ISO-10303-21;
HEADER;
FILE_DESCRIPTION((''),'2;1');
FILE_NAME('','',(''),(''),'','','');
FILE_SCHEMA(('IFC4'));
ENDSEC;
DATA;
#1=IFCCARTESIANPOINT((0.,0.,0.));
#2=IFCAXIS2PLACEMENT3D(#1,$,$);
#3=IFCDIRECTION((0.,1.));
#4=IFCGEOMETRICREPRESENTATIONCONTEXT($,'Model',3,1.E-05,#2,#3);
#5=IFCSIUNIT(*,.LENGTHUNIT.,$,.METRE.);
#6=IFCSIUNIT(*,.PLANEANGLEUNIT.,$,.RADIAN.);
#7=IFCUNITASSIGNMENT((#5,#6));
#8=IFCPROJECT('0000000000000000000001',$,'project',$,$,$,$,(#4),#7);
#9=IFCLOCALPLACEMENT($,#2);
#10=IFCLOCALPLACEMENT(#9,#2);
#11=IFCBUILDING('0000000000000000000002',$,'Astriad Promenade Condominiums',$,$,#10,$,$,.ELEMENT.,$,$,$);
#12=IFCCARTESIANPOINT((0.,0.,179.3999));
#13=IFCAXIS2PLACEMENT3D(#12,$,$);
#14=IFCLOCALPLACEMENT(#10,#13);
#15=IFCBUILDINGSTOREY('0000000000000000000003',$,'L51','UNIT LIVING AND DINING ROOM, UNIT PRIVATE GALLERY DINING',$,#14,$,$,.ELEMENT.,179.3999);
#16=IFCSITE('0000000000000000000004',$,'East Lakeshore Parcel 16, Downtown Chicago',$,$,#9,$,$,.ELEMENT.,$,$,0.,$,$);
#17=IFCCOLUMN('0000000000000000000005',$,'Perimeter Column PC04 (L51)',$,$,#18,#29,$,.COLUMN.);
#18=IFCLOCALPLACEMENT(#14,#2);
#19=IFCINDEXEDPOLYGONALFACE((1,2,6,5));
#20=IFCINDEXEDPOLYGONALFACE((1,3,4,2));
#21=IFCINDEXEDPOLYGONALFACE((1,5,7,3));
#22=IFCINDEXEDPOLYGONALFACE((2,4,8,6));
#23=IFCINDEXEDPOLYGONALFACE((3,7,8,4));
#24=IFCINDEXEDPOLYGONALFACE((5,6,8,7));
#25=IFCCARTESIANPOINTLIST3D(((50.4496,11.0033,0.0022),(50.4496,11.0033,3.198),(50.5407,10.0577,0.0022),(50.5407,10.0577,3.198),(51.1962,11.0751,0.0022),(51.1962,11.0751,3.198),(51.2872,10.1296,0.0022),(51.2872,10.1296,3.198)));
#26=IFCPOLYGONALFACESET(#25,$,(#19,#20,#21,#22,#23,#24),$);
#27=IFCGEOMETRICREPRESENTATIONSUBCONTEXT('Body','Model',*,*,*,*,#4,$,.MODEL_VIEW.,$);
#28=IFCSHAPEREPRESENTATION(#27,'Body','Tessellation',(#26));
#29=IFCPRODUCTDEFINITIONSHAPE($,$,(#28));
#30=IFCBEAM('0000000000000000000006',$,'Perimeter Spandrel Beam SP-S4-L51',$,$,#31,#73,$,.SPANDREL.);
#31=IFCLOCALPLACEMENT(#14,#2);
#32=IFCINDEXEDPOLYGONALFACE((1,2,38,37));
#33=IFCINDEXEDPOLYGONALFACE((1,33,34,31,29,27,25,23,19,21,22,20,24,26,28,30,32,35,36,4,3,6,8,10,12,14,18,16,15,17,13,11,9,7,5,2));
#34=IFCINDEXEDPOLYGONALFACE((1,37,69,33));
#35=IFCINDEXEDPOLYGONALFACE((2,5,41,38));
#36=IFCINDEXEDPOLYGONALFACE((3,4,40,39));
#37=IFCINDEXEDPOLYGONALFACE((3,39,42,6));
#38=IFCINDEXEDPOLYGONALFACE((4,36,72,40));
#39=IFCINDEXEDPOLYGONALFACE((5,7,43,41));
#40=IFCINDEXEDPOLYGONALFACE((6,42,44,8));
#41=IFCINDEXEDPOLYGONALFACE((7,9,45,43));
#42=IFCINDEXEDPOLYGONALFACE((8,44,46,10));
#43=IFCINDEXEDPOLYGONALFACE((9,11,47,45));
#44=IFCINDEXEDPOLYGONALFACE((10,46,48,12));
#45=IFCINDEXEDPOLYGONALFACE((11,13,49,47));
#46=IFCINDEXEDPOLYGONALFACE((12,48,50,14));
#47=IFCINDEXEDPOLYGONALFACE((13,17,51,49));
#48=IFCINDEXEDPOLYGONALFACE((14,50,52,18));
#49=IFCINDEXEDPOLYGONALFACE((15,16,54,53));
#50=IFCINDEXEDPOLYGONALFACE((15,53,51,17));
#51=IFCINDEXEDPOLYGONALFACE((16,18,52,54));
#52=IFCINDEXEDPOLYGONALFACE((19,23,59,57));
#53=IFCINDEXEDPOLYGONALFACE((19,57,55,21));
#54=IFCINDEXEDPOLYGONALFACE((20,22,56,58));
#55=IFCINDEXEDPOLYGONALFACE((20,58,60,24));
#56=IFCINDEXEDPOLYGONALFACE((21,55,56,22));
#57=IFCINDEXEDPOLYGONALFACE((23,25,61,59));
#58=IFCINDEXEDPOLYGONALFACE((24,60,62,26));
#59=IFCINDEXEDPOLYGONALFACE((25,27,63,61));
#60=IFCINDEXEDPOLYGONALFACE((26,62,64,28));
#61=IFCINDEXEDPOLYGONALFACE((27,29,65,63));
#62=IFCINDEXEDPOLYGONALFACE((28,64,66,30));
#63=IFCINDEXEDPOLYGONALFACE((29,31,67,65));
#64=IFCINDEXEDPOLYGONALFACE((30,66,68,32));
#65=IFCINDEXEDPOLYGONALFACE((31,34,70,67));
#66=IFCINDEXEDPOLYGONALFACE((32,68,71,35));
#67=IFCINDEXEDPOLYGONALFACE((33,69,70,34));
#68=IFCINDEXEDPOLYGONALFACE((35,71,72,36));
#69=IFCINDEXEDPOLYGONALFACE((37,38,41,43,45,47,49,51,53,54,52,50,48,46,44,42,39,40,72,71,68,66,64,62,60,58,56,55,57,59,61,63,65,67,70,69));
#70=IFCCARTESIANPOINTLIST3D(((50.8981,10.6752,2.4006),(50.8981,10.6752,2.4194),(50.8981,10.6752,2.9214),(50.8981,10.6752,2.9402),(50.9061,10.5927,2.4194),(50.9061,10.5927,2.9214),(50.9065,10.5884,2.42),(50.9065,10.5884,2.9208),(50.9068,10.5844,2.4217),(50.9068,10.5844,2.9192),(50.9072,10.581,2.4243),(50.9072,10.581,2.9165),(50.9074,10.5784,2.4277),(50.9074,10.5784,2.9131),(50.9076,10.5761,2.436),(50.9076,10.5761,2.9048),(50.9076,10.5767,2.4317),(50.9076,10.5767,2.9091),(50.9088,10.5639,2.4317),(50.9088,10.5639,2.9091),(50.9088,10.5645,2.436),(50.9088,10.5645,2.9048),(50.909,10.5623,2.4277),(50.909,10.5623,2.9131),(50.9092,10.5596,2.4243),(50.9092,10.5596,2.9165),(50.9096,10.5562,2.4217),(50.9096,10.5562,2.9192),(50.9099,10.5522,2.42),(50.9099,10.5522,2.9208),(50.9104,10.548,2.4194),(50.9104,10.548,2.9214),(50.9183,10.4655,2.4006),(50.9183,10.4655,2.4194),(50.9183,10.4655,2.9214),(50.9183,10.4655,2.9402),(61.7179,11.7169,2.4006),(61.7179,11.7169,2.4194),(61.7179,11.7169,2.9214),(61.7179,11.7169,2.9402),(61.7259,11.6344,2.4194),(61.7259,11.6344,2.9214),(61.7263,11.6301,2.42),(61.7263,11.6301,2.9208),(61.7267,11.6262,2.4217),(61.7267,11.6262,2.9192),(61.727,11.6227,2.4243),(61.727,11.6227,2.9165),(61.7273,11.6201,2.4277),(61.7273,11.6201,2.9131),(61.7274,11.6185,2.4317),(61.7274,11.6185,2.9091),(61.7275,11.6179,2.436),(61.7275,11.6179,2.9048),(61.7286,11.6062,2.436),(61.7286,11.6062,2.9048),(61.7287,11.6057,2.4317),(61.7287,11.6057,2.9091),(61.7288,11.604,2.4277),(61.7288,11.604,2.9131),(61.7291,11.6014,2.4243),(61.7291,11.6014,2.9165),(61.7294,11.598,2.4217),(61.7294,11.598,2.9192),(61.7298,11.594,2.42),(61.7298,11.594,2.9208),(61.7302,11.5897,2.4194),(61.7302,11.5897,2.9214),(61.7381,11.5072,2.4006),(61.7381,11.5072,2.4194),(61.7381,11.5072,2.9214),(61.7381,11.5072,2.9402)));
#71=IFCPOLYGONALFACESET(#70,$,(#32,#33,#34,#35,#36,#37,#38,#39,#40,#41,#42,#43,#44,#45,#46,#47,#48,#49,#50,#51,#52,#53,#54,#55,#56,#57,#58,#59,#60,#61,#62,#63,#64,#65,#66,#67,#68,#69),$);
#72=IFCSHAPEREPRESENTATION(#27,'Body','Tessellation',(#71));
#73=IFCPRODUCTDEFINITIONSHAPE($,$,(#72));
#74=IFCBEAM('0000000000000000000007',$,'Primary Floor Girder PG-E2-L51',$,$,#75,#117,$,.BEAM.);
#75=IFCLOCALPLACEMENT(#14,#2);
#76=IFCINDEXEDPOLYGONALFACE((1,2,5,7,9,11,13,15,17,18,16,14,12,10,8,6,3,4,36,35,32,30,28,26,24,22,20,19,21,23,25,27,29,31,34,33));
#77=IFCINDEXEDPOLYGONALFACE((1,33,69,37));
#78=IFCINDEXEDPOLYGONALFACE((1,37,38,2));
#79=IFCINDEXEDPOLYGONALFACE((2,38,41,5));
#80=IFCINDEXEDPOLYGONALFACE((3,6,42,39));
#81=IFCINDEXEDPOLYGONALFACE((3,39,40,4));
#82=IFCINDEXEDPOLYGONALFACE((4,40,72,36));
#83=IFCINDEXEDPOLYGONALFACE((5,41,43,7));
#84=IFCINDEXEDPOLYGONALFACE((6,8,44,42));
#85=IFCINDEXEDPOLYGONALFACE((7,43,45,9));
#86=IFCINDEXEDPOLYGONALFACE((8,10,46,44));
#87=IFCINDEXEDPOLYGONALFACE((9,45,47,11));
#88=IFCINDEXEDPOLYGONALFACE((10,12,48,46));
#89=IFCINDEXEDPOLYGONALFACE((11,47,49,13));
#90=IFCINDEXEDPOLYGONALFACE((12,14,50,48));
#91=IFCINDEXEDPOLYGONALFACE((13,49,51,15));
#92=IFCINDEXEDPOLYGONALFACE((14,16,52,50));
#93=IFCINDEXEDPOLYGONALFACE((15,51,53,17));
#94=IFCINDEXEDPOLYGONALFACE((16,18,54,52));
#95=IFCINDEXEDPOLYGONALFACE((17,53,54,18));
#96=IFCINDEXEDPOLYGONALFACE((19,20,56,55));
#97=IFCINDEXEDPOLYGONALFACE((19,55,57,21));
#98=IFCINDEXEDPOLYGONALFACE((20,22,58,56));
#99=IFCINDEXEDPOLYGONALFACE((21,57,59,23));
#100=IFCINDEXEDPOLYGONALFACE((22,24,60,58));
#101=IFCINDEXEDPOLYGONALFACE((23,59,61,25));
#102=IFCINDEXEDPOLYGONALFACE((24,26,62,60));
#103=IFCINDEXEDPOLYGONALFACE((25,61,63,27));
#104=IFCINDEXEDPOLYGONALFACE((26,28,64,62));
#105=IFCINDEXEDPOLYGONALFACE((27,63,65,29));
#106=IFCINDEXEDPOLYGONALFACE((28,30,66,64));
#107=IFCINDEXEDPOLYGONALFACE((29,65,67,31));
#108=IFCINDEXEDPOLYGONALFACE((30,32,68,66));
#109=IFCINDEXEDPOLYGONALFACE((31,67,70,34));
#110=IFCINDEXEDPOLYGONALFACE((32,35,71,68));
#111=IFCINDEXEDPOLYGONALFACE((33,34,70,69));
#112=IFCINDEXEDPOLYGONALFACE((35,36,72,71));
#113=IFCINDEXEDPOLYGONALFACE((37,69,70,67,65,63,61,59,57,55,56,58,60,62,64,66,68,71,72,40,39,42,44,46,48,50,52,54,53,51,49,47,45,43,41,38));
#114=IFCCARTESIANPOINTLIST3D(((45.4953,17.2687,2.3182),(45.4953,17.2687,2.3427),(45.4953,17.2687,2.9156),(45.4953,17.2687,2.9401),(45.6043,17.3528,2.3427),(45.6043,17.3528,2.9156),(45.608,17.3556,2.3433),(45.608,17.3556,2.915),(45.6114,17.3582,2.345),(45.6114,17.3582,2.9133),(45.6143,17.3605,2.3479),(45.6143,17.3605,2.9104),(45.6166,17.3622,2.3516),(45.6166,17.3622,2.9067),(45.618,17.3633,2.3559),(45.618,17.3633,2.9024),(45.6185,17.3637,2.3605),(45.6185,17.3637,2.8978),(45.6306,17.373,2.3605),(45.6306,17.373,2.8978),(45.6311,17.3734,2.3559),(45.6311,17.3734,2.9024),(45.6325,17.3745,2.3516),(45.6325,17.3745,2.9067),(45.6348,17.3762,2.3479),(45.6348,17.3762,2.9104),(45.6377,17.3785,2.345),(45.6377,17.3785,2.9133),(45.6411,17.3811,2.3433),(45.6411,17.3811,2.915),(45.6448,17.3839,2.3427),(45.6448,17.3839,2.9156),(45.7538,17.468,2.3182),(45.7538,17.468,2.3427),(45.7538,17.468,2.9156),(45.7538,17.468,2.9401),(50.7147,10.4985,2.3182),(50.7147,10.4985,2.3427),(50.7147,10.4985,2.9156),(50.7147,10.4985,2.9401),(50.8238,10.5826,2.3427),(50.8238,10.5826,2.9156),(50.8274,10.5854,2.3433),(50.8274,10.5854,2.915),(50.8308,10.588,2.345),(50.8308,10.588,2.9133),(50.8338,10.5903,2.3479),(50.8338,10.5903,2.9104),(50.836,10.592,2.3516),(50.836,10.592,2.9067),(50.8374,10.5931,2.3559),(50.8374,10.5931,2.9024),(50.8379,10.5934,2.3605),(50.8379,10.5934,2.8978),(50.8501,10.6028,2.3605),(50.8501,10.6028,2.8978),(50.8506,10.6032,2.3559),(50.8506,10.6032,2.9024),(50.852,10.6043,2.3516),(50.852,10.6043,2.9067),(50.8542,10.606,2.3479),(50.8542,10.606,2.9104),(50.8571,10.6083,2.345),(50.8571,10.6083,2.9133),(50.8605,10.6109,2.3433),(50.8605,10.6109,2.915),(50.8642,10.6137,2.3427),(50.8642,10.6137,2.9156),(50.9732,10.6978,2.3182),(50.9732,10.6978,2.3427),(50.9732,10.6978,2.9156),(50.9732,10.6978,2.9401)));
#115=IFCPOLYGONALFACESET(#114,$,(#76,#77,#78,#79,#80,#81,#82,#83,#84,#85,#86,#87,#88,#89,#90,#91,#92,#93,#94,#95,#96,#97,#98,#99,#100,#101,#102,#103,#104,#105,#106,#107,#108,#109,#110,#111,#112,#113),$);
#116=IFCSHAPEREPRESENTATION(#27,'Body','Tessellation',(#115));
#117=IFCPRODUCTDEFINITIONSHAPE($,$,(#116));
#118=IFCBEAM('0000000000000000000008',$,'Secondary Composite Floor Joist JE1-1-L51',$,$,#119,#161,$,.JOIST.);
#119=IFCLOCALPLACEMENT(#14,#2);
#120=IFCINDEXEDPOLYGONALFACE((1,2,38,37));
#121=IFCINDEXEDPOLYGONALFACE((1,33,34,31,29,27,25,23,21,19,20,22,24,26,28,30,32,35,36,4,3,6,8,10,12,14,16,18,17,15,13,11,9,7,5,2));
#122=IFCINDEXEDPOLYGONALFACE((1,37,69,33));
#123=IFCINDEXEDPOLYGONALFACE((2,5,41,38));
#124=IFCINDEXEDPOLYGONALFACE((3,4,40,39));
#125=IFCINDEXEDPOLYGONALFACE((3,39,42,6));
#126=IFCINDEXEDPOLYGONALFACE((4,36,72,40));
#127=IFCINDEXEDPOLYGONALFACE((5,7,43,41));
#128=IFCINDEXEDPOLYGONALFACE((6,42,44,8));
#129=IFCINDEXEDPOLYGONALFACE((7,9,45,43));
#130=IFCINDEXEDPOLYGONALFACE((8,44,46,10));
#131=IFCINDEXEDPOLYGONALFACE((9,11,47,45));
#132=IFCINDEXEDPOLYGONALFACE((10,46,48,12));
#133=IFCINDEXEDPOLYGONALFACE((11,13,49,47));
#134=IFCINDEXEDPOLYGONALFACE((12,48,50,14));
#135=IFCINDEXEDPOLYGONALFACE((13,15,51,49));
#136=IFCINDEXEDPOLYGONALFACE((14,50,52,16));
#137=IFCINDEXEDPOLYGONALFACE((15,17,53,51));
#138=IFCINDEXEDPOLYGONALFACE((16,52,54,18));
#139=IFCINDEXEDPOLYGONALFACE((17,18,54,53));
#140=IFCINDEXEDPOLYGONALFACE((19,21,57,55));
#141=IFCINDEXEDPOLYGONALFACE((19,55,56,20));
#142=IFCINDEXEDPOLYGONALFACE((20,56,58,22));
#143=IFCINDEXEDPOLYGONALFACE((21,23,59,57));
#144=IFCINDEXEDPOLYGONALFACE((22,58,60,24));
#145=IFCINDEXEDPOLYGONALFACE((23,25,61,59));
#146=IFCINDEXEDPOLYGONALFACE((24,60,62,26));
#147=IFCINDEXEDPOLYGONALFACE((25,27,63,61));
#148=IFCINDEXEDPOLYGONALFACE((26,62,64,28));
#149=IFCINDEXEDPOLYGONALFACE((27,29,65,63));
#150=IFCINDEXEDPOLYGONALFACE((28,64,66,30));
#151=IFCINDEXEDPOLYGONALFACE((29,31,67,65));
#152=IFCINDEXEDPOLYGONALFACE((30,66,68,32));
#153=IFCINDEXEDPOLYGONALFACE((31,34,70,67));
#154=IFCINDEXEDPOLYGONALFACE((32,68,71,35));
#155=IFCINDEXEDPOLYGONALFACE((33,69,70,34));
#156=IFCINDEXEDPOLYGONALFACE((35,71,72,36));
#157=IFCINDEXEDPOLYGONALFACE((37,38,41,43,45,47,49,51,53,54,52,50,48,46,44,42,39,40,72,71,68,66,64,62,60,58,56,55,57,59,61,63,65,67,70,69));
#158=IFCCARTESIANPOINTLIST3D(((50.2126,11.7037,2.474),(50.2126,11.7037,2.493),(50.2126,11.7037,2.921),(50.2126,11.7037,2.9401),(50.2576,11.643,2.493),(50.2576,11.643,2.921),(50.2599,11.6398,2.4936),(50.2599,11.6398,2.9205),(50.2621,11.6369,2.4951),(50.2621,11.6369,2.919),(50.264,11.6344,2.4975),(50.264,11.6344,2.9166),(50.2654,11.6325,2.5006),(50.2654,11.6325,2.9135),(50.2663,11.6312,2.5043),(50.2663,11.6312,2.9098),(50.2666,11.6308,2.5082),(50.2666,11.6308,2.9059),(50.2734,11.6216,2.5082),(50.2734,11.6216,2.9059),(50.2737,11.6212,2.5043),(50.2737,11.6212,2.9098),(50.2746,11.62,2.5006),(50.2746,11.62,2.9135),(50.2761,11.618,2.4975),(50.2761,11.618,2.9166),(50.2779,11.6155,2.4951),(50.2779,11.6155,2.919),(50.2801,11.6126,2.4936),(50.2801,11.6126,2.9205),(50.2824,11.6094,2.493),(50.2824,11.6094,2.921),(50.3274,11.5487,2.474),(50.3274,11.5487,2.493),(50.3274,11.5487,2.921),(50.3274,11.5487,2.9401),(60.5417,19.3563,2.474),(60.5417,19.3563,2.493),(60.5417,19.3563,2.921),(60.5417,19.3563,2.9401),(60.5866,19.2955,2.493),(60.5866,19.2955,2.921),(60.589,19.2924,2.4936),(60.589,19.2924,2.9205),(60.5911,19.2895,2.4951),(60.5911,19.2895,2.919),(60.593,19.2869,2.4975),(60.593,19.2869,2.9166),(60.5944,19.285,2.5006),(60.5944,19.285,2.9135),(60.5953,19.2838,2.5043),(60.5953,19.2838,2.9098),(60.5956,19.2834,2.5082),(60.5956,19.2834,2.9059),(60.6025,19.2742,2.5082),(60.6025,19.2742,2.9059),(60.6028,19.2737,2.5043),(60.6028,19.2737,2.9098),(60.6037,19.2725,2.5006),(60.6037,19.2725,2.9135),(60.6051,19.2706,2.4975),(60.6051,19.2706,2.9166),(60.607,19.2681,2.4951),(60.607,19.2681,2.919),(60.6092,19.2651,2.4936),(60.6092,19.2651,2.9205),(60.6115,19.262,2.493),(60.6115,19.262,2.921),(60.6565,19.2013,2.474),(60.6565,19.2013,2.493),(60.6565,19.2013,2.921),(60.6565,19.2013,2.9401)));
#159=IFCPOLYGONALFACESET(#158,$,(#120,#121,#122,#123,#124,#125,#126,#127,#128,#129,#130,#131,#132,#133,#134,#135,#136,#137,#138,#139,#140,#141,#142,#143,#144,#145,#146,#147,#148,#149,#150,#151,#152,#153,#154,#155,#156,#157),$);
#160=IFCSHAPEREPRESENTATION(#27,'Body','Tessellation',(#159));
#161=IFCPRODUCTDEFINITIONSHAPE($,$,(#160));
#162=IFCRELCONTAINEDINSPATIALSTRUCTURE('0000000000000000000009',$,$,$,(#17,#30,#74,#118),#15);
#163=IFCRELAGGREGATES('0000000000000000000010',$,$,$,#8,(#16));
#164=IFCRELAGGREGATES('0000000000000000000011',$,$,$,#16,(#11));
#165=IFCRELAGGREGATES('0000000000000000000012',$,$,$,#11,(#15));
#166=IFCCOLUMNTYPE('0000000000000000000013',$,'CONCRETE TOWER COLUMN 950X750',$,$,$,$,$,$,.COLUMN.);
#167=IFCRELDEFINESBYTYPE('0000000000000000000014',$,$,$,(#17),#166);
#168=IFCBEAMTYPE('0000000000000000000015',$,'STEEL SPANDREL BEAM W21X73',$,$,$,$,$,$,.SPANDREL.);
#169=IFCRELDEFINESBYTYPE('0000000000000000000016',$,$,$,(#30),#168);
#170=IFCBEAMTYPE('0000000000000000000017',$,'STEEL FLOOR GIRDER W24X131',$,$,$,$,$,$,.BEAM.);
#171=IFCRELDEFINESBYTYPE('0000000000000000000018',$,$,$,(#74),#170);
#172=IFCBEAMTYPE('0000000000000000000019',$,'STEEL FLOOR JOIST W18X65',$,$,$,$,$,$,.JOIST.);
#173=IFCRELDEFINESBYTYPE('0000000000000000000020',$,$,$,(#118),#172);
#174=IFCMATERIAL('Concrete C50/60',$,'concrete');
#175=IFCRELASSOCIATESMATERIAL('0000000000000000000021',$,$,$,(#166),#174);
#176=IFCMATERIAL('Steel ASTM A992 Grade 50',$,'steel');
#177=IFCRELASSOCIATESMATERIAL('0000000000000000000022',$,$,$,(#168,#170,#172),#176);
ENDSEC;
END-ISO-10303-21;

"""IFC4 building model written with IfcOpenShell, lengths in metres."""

from ifc_helpers import new_model, si_unit, direction, frame, origin, origin_2d, place, context, subcontext, project, spatial, rectangle, i_section, extrude, source, transform, mapped, material, material_profile, profile_set, type_object, type_shapes, element, save


model = new_model("IFC4")

# Units and contexts
model_context = context("Model", 3, precision=1e-05, world=origin(), true_north=direction((0.0, 1.0)))
body_context = subcontext(model_context, "Body", "Model", "MODEL_VIEW")
ifc_project = project(units=[si_unit("LENGTHUNIT", "METRE"), si_unit("PLANEANGLEUNIT", "RADIAN")], contexts=[model_context])

# Site, building, storey
site_placement = place(None, origin())
site = spatial("IfcSite", under=ifc_project, at=site_placement, Name="East Lakeshore Parcel 16, Downtown Chicago", CompositionType="ELEMENT", RefElevation=0.0)
building_placement = place(site_placement, origin())
building = spatial("IfcBuilding", under=site, at=building_placement, Name="Astriad Promenade Condominiums", CompositionType="ELEMENT")
storey_placement = place(building_placement, frame((0.0, 0.0, 179.3999)))
storey = spatial("IfcBuildingStorey", under=building, at=storey_placement, Name="L51", Description="UNIT LIVING AND DINING ROOM, UNIT PRIVATE GALLERY DINING", CompositionType="ELEMENT", Elevation=179.3999)

# Column
ifc_material_1 = material(Name="Concrete C50/60", Category="concrete")
ifc_material_profile_1 = material_profile(ifc_material_1, rectangle(XDim=0.75, YDim=0.95, at=origin_2d()), Name="RC-COL-950X750")
ifc_profile_set_1 = profile_set([ifc_material_profile_1], Name="Concrete C50/60")
column_type = type_object("IfcColumnType", Name="CONCRETE TOWER COLUMN 950X750", PredefinedType="COLUMN", material=ifc_profile_set_1)
shared_shape_1 = source(origin(), body_context, "Body", "SweptSolid", [
    extrude(rectangle(XDim=0.75, YDim=0.95, at=origin_2d()), origin(), (0.0, 0.0, 1.0), 3.1958),
])
type_shapes(column_type, [shared_shape_1])
column_placement = place(storey_placement, frame((50.8684, 10.5664, 0.0022), z_axis=(0.0, 0.0, 1.0), x_axis=(0.995396, 0.095846, 0.0)))
element("IfcColumn", 1, at=column_placement, inside=storey, type_object=column_type, Name="Perimeter Column PC04 (L51)", PredefinedType="COLUMN", context=body_context, shape_type="MappedRepresentation", body=[
    mapped(shared_shape_1, transform((0.0, 0.0, 0.0), scale=1.0)),
])

# Beams
ifc_material_2 = material(Name="Steel ASTM A992 Grade 50", Category="steel")
ifc_material_profile_2 = material_profile(ifc_material_2, i_section(OverallWidth=0.2107, OverallDepth=0.5396, WebThickness=0.0117, FlangeThickness=0.0188, FilletRadius=0.0166, at=origin_2d()), Name="W21X73")
ifc_profile_set_2 = profile_set([ifc_material_profile_2], Name="Steel ASTM A992 Grade 50")
beam_type_1 = type_object("IfcBeamType", Name="STEEL SPANDREL BEAM W21X73", PredefinedType="SPANDREL", material=ifc_profile_set_2)
shared_shape_2 = source(origin(), body_context, "Body", "SweptSolid", [
    extrude(i_section(OverallWidth=0.2107, OverallDepth=0.5396, WebThickness=0.0117, FlangeThickness=0.0188, FilletRadius=0.0166, at=origin_2d()), origin(), (0.0, 0.0, 1.0), 10.8699),
])
type_shapes(beam_type_1, [shared_shape_2])
beam_1_placement = place(storey_placement, frame((50.9082, 10.5703, 2.6704), z_axis=(0.995397, 0.095838, 0.0), x_axis=(-0.095838, 0.995397, 0.0)))
element("IfcBeam", 2, at=beam_1_placement, inside=storey, type_object=beam_type_1, Name="Perimeter Spandrel Beam SP-S4-L51", PredefinedType="SPANDREL", context=body_context, shape_type="MappedRepresentation", body=[
    mapped(shared_shape_2, transform((0.0, 0.0, 0.0), scale=1.0)),
])
ifc_material_profile_3 = material_profile(ifc_material_2, i_section(OverallWidth=0.3264, OverallDepth=0.6218, WebThickness=0.0154, FlangeThickness=0.0244, FilletRadius=0.0178, at=origin_2d()), Name="W24X131")
ifc_profile_set_3 = profile_set([ifc_material_profile_3], Name="Steel ASTM A992 Grade 50")
beam_type_2 = type_object("IfcBeamType", Name="STEEL FLOOR GIRDER W24X131", PredefinedType="BEAM", material=ifc_profile_set_3)
shared_shape_3 = source(origin(), body_context, "Body", "SweptSolid", [
    extrude(i_section(OverallWidth=0.3264, OverallDepth=0.6218, WebThickness=0.0154, FlangeThickness=0.0244, FilletRadius=0.0178, at=origin_2d()), origin(), (0.0, 0.0, 1.0), 8.5486),
])
type_shapes(beam_type_2, [shared_shape_3])
beam_2_placement = place(storey_placement, frame((50.844, 10.5981, 2.6292), z_axis=(-0.610562, 0.791968, 0.0), x_axis=(-0.791968, -0.610562, 0.0)))
element("IfcBeam", 3, at=beam_2_placement, inside=storey, type_object=beam_type_2, Name="Primary Floor Girder PG-E2-L51", PredefinedType="BEAM", context=body_context, shape_type="MappedRepresentation", body=[
    mapped(shared_shape_3, transform((0.0, 0.0, 0.0), scale=1.0)),
])
ifc_material_profile_4 = material_profile(ifc_material_2, i_section(OverallWidth=0.1929, OverallDepth=0.4661, WebThickness=0.0115, FlangeThickness=0.019, FilletRadius=0.0151, at=origin_2d()), Name="W18X65")
ifc_profile_set_4 = profile_set([ifc_material_profile_4], Name="Steel ASTM A992 Grade 50")
beam_type_3 = type_object("IfcBeamType", Name="STEEL FLOOR JOIST W18X65", PredefinedType="JOIST", material=ifc_profile_set_4)
shared_shape_4 = source(origin(), body_context, "Body", "SweptSolid", [
    extrude(i_section(OverallWidth=0.1929, OverallDepth=0.4661, WebThickness=0.0115, FlangeThickness=0.019, FilletRadius=0.0151, at=origin_2d()), origin(), (0.0, 0.0, 1.0), 12.855),
])
beam_3_placement = place(storey_placement, frame((50.27, 11.6262, 2.707), z_axis=(0.803505, 0.595298, 0.0), x_axis=(-0.595298, 0.803505, 0.0)))
element("IfcBeam", 4, at=beam_3_placement, inside=storey, type_object=beam_type_3, Name="Secondary Composite Floor Joist JE1-1-L51", PredefinedType="JOIST", context=body_context, shape_type="MappedRepresentation", body=[
    mapped(shared_shape_4, transform((0.0, 0.0, 0.0), scale=1.0)),
])

save(model, "model.ifc")
